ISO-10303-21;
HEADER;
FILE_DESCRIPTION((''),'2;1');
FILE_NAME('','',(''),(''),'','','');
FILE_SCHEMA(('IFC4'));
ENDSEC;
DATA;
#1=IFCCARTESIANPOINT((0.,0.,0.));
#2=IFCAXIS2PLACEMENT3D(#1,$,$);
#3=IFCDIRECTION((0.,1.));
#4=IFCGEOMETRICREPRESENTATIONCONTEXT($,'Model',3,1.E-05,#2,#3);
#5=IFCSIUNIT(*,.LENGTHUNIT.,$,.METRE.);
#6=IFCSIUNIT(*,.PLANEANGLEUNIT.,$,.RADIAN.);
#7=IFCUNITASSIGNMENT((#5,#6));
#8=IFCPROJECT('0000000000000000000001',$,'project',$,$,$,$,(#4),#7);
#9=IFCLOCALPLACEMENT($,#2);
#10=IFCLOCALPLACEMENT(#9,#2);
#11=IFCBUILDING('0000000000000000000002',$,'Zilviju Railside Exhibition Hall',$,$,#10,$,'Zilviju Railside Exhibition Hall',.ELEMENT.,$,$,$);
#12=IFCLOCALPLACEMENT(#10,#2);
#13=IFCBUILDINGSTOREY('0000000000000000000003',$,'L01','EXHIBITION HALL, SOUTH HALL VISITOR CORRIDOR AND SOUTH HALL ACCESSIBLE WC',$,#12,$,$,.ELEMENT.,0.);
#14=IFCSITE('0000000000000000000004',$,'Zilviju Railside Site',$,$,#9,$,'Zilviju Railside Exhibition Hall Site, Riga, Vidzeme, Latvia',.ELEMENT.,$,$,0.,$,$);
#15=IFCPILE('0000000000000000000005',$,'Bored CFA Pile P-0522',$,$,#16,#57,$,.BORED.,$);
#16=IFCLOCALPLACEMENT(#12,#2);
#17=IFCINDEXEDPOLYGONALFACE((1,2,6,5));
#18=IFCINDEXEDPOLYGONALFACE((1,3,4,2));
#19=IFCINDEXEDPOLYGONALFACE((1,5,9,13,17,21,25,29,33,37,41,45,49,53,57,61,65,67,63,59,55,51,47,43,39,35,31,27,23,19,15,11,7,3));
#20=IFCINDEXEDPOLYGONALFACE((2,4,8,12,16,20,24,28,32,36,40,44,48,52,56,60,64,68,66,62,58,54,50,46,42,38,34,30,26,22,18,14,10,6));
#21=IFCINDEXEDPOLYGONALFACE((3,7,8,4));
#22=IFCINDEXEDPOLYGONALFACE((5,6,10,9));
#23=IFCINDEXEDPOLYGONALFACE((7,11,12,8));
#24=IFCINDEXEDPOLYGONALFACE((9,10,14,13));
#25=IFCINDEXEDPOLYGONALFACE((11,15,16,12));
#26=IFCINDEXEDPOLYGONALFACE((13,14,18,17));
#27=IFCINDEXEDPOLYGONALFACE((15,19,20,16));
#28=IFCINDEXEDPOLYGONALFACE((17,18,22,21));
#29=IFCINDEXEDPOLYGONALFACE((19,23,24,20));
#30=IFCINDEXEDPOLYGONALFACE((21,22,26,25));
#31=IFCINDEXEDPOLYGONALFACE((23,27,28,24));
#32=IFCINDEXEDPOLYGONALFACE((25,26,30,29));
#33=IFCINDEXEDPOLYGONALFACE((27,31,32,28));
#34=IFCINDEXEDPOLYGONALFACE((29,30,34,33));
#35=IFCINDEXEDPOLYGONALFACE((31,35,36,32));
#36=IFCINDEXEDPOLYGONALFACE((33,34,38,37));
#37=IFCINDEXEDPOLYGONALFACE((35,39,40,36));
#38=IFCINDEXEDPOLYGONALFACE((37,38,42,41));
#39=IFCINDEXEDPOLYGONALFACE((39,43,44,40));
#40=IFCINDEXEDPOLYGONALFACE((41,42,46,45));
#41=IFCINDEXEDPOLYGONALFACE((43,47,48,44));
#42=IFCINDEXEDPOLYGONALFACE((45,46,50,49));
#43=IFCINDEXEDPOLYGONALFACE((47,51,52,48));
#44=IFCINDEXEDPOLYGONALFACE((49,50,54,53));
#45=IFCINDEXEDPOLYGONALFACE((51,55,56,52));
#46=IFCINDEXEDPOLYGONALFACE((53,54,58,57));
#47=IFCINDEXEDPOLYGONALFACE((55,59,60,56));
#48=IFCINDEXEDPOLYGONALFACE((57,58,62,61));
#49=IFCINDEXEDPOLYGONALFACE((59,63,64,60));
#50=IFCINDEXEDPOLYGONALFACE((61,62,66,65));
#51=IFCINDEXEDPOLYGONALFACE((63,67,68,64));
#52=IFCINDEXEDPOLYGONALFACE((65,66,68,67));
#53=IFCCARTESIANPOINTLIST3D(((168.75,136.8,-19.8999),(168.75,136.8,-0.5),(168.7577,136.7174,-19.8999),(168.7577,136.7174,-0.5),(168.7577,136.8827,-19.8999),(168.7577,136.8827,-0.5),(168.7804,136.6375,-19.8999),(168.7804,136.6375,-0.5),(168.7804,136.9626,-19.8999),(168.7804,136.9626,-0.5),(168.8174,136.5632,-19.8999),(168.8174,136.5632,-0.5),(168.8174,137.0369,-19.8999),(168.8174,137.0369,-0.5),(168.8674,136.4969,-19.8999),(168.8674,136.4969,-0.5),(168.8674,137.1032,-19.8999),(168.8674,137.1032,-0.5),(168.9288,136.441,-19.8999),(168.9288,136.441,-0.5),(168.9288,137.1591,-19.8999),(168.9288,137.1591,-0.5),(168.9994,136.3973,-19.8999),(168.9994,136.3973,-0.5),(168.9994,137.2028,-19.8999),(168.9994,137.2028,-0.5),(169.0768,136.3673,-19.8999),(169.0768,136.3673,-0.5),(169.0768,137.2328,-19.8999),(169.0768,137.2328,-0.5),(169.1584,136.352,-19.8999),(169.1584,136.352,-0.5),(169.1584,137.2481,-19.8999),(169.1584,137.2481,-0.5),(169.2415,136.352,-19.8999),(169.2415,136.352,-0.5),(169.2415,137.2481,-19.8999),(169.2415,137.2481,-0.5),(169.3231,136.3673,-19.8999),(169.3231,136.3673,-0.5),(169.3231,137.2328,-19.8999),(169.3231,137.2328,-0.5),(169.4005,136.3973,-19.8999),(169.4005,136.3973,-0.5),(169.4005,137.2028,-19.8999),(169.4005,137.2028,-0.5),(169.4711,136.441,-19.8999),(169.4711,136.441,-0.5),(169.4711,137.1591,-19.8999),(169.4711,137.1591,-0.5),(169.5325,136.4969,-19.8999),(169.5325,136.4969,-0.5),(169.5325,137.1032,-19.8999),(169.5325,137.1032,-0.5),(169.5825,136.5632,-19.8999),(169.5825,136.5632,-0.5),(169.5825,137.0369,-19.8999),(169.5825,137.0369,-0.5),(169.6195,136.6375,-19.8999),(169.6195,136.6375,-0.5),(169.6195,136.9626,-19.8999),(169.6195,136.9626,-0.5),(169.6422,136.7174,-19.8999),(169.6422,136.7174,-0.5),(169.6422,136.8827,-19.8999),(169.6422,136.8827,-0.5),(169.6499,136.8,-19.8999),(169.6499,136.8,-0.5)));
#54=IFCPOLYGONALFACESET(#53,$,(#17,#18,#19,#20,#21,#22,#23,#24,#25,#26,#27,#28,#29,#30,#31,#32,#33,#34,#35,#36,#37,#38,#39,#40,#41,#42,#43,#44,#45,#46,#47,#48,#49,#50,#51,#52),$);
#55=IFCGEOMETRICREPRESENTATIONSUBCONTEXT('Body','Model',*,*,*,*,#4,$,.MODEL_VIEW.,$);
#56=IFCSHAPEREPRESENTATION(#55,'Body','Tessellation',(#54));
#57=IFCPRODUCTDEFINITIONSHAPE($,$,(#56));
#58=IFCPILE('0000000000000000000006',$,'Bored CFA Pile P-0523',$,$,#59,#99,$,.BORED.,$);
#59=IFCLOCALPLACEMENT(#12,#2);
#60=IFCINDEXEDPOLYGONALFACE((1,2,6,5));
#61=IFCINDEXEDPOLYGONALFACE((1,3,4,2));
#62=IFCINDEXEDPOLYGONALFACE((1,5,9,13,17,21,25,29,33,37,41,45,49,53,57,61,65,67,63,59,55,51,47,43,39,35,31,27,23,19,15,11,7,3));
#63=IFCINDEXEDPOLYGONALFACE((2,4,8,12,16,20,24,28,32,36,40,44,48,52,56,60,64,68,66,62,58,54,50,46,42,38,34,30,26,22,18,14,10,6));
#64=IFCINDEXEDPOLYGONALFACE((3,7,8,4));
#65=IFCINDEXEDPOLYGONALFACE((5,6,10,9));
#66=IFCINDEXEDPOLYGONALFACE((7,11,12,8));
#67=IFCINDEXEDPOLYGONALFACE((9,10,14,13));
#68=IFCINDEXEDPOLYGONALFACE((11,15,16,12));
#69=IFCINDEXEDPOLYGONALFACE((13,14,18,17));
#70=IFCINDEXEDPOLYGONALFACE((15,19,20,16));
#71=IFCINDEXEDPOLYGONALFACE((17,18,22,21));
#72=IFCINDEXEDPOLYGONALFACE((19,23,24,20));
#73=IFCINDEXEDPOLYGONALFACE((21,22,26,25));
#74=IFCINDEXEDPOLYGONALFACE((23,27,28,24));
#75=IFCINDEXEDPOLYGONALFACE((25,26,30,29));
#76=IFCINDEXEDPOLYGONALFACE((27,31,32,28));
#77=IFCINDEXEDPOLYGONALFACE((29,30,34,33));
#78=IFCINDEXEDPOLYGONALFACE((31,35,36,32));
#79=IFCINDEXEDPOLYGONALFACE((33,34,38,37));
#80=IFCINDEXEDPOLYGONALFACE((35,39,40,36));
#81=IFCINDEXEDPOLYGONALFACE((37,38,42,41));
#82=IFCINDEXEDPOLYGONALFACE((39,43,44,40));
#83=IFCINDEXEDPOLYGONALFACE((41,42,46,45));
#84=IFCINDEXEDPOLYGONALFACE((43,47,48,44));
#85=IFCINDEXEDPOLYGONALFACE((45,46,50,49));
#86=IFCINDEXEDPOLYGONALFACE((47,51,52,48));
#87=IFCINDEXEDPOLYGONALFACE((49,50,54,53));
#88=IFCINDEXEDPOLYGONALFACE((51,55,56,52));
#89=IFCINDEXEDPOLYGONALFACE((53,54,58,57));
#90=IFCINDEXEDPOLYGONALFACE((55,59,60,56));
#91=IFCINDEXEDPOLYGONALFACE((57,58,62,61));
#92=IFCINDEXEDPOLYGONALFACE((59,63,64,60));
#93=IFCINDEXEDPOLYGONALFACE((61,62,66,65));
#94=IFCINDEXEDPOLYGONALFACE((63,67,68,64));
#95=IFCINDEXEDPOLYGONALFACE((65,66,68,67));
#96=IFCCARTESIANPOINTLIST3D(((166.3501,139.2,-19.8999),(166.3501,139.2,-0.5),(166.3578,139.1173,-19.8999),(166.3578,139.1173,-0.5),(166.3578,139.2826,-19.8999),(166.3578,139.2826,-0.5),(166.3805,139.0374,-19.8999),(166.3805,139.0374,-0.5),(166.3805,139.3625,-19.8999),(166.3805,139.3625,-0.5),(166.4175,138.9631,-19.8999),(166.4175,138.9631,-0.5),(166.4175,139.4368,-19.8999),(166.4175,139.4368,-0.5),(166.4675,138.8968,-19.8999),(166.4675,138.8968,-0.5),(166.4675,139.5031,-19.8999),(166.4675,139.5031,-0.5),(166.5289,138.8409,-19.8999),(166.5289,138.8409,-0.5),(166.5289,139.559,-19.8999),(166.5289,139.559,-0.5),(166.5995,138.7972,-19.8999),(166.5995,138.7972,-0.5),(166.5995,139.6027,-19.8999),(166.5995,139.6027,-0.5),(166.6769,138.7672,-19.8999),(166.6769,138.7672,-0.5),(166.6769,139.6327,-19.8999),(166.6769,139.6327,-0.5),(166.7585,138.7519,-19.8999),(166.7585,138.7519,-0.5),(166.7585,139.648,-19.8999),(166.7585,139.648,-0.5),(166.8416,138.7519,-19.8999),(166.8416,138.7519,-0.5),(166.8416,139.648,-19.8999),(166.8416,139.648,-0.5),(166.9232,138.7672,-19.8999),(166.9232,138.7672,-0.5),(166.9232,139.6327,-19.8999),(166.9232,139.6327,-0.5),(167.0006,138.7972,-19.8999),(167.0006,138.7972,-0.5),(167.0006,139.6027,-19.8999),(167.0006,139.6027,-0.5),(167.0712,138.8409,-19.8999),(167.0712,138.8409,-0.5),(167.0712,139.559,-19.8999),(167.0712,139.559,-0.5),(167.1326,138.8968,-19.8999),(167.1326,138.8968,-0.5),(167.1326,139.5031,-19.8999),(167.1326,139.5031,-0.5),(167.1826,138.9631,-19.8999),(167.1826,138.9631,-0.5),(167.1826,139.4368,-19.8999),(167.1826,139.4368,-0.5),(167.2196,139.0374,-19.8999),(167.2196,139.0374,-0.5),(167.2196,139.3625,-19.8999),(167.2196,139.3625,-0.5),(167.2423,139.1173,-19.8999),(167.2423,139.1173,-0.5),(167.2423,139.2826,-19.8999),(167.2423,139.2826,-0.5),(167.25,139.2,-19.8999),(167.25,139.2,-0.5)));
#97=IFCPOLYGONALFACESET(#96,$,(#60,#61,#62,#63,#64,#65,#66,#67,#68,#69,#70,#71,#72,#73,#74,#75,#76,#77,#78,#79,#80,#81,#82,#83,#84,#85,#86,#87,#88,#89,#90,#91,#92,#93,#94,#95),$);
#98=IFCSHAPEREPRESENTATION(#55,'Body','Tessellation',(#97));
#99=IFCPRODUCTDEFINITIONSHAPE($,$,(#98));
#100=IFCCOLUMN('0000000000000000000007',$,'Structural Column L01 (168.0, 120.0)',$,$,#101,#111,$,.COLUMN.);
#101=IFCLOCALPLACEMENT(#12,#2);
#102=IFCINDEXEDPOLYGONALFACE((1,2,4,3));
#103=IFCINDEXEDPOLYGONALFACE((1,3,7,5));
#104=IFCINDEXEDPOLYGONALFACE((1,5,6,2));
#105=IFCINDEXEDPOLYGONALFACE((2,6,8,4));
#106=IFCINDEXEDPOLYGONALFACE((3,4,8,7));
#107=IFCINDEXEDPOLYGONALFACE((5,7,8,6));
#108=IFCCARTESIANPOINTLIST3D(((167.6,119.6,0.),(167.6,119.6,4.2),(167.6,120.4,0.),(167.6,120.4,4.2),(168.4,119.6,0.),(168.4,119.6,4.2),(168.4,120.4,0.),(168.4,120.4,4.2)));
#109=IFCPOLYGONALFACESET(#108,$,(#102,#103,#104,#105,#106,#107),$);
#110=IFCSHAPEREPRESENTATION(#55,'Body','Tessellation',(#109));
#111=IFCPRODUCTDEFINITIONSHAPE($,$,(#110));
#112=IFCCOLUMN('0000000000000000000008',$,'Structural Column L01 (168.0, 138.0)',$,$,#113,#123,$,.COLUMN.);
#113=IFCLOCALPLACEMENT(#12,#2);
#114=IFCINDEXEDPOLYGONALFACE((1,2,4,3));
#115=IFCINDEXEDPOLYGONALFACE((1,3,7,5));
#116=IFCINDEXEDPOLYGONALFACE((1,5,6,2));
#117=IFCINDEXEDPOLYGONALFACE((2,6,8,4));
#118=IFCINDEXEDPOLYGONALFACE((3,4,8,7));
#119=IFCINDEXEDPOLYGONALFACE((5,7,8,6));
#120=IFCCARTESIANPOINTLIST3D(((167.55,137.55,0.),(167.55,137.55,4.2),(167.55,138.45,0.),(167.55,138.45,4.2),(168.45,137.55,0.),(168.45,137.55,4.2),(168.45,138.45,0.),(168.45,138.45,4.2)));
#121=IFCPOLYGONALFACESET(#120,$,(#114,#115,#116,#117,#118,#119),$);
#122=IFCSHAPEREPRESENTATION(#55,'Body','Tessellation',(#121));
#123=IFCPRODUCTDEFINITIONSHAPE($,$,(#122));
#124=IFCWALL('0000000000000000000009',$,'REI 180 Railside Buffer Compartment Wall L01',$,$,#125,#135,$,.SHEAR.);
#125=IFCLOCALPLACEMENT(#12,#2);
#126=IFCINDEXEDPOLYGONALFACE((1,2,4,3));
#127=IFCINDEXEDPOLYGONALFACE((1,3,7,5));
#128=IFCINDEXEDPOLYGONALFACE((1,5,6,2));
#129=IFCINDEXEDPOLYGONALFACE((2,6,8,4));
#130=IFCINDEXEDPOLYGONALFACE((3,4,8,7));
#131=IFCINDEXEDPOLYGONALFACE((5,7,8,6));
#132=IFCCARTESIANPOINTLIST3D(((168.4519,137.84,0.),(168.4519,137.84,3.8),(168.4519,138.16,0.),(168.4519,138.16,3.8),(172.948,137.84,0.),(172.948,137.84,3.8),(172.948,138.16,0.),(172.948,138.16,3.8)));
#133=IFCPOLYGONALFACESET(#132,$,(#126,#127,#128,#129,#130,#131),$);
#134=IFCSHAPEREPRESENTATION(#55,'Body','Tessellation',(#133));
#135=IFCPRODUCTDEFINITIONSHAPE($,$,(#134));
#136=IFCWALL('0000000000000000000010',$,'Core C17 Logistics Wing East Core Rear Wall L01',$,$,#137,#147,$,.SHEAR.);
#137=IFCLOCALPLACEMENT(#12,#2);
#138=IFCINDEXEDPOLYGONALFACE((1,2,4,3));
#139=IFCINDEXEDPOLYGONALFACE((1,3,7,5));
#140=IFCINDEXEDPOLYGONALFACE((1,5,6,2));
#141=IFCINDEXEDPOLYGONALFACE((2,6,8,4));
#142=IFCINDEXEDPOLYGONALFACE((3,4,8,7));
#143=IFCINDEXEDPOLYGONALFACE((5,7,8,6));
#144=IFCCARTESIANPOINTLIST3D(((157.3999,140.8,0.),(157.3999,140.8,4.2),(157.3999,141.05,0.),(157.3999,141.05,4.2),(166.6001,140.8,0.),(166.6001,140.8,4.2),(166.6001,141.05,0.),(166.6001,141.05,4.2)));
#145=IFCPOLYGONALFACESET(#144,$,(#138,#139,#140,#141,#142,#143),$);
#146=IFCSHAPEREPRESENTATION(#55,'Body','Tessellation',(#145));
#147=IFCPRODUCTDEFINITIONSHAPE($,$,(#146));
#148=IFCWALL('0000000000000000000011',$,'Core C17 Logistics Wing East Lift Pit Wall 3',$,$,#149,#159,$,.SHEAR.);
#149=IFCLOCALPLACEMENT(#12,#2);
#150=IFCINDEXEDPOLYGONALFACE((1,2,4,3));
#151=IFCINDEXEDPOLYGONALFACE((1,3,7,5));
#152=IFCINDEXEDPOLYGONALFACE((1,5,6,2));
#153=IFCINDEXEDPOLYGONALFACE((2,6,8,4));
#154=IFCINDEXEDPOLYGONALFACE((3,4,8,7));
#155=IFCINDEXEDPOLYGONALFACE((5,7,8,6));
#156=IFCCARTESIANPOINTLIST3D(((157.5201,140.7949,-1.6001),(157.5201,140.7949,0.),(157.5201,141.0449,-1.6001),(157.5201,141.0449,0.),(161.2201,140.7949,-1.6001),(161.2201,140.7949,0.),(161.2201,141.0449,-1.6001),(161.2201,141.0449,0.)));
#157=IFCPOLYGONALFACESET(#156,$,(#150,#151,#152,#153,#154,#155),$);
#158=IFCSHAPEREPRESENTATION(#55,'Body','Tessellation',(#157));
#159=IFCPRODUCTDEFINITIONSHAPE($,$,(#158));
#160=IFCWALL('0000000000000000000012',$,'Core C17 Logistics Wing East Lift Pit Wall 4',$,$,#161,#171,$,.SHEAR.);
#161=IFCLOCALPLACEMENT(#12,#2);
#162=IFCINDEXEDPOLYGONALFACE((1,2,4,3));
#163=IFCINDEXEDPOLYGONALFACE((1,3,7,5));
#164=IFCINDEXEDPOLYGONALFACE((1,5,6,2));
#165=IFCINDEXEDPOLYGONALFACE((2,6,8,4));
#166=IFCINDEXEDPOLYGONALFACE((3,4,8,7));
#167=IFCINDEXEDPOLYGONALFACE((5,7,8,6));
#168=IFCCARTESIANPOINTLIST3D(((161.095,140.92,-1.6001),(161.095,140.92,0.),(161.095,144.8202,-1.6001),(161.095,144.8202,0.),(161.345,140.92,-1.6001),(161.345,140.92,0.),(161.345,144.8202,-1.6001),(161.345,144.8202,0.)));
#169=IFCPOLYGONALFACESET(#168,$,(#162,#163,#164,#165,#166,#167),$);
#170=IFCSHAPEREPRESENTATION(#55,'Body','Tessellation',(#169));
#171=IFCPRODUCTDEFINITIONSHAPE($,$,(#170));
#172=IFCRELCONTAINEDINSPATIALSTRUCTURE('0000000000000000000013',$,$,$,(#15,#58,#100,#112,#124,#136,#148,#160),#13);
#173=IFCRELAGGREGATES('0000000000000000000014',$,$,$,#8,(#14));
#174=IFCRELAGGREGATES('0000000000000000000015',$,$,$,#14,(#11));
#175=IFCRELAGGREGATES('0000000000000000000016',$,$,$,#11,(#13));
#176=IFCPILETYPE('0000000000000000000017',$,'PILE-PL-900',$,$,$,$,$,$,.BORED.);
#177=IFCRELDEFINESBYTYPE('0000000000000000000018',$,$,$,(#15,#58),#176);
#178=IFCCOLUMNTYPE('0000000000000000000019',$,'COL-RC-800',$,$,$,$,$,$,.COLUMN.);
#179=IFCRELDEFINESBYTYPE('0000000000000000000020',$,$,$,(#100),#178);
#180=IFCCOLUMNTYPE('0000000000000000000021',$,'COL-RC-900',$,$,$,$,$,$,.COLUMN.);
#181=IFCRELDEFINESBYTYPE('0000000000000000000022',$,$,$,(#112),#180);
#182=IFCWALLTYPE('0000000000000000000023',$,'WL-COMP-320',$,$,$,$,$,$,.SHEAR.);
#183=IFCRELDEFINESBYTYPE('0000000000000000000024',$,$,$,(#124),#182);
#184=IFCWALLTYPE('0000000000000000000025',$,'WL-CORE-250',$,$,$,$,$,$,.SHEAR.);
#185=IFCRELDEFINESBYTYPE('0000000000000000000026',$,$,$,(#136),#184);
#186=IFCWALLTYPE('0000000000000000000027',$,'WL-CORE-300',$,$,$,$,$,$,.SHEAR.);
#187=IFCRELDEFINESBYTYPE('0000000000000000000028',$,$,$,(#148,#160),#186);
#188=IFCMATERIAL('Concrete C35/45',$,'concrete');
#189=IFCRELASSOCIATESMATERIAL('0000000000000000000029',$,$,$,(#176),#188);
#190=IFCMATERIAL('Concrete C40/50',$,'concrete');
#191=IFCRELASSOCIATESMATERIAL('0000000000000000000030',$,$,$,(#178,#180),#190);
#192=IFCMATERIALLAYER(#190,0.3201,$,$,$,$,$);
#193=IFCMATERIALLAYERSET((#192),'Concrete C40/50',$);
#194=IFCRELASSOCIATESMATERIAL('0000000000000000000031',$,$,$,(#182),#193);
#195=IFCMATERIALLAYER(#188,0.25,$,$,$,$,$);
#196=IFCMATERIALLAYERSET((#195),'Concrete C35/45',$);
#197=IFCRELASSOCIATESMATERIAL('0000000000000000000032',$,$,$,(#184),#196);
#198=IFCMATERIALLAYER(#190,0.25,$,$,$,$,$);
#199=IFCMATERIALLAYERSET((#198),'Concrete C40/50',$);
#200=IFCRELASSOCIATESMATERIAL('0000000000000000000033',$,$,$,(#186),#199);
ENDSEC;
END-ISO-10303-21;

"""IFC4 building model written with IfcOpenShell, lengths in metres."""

from ifc_helpers import new_model, si_unit, direction, frame, frame_2d, origin, origin_2d, place, context, subcontext, project, spatial, rectangle, circle, extrude, material, layer, layer_set, material_profile, profile_set, type_object, element, save


model = new_model("IFC4")

# Units and contexts
model_context = context("Model", 3, precision=1e-05, world=origin(), true_north=direction((0.0, 1.0)))
body_context = subcontext(model_context, "Body", "Model", "MODEL_VIEW")
ifc_project = project(units=[si_unit("LENGTHUNIT", "METRE"), si_unit("PLANEANGLEUNIT", "RADIAN")], contexts=[model_context])

# Site, building, storey
site_placement = place(None, origin())
site = spatial("IfcSite", under=ifc_project, at=site_placement, Name="Zilviju Railside Site", LongName="Zilviju Railside Exhibition Hall Site, Riga, Vidzeme, Latvia", CompositionType="ELEMENT", RefElevation=0.0)
building_placement = place(site_placement, origin())
building = spatial("IfcBuilding", under=site, at=building_placement, Name="Zilviju Railside Exhibition Hall", LongName="Zilviju Railside Exhibition Hall", CompositionType="ELEMENT")
storey_placement = place(building_placement, origin())
storey = spatial("IfcBuildingStorey", under=building, at=storey_placement, Name="L01", Description="EXHIBITION HALL, SOUTH HALL VISITOR CORRIDOR AND SOUTH HALL ACCESSIBLE WC", CompositionType="ELEMENT", Elevation=0.0)

# Shared definitions
ifc_material_1 = material(Name="Concrete C35/45", Category="concrete")

# Piles
ifc_material_profile_1 = material_profile(ifc_material_1, circle(Radius=0.45, at=origin_2d()), Name="CFA PILE D900")
ifc_profile_set_1 = profile_set([ifc_material_profile_1], Name="Concrete C35/45")
pile_type = type_object("IfcPileType", Name="PILE-PL-900", PredefinedType="BORED", material=ifc_profile_set_1)
for number, where, z_axis, x_axis, name in (
    (1, (169.2, 136.8, -0.5), (0.0, 0.0, -1.0), (1.0, 0.0, 0.0), "Bored CFA Pile P-0522"),
    (2, (166.8, 139.2, -0.5), (0.0, 0.0, -1.0), (1.0, 0.0, 0.0), "Bored CFA Pile P-0523"),
):
    element("IfcPile", number, at=place(storey_placement, frame(where, z_axis=z_axis, x_axis=x_axis)), inside=storey, type_object=pile_type, Name=name, PredefinedType="BORED", context=body_context, shape_type="SweptSolid", body=[
        extrude(circle(Radius=0.45, at=origin_2d()), origin(), (0.0, 0.0, 1.0), 19.3999),
    ])

# Columns
ifc_material_2 = material(Name="Concrete C40/50", Category="concrete")
ifc_material_profile_2 = material_profile(ifc_material_2, rectangle(XDim=0.8, YDim=0.8, at=origin_2d()), Name="RC COL 800x800")
ifc_profile_set_2 = profile_set([ifc_material_profile_2], Name="Concrete C40/50")
column_type_1 = type_object("IfcColumnType", Name="COL-RC-800", PredefinedType="COLUMN", material=ifc_profile_set_2)
column_1_placement = place(storey_placement, frame((168.0, 120.0, 0.0), z_axis=(0.0, 0.0, 1.0), x_axis=(1.0, 0.0, 0.0)))
element("IfcColumn", 3, at=column_1_placement, inside=storey, type_object=column_type_1, Name="Structural Column L01 (168.0, 120.0)", PredefinedType="COLUMN", context=body_context, shape_type="SweptSolid", body=[
    extrude(rectangle(XDim=0.8, YDim=0.8, at=origin_2d()), origin(), (0.0, 0.0, 1.0), 4.2),
])
ifc_material_profile_3 = material_profile(ifc_material_2, rectangle(XDim=0.8999, YDim=0.8999, at=origin_2d()), Name="RC COL 900x900")
ifc_profile_set_3 = profile_set([ifc_material_profile_3], Name="Concrete C40/50")
column_type_2 = type_object("IfcColumnType", Name="COL-RC-900", PredefinedType="COLUMN", material=ifc_profile_set_3)
column_2_placement = place(storey_placement, frame((168.0, 138.0, 0.0), z_axis=(0.0, 0.0, 1.0), x_axis=(1.0, 0.0, 0.0)))
element("IfcColumn", 4, at=column_2_placement, inside=storey, type_object=column_type_2, Name="Structural Column L01 (168.0, 138.0)", PredefinedType="COLUMN", context=body_context, shape_type="SweptSolid", body=[
    extrude(rectangle(XDim=0.8999, YDim=0.8999, at=origin_2d()), origin(), (0.0, 0.0, 1.0), 4.2),
])

# Walls
ifc_layer_1 = layer(ifc_material_2, 0.3201)
ifc_layer_set_1 = layer_set([ifc_layer_1], Name="Concrete C40/50")
wall_type_1 = type_object("IfcWallType", Name="WL-COMP-320", PredefinedType="SHEAR", material=ifc_layer_set_1)
wall_1_placement = place(storey_placement, frame((168.4519, 138.0, 0.0), z_axis=(0.0, 0.0, 1.0), x_axis=(1.0, 0.0, 0.0)))
element("IfcWall", 5, at=wall_1_placement, inside=storey, type_object=wall_type_1, Name="REI 180 Railside Buffer Compartment Wall L01", PredefinedType="SHEAR", context=body_context, shape_type="SweptSolid", body=[
    extrude(rectangle(XDim=4.4961, YDim=0.3201, at=frame_2d((2.248, 0.0))), origin(), (0.0, 0.0, 1.0), 3.8),
])
ifc_layer_2 = layer(ifc_material_1, 0.25)
ifc_layer_set_2 = layer_set([ifc_layer_2], Name="Concrete C35/45")
wall_type_2 = type_object("IfcWallType", Name="WL-CORE-250", PredefinedType="SHEAR", material=ifc_layer_set_2)
wall_2_placement = place(storey_placement, frame((166.6001, 140.925, 0.0), z_axis=(0.0, 0.0, 1.0), x_axis=(-1.0, 0.0, 0.0)))
element("IfcWall", 6, at=wall_2_placement, inside=storey, type_object=wall_type_2, Name="Core C17 Logistics Wing East Core Rear Wall L01", PredefinedType="SHEAR", context=body_context, shape_type="SweptSolid", body=[
    extrude(rectangle(XDim=9.2002, YDim=0.25, at=frame_2d((4.6001, 0.0))), origin(), (0.0, 0.0, 1.0), 4.2),
])
ifc_layer_3 = layer(ifc_material_2, 0.25)
ifc_layer_set_3 = layer_set([ifc_layer_3], Name="Concrete C40/50")
wall_type_3 = type_object("IfcWallType", Name="WL-CORE-300", PredefinedType="SHEAR", material=ifc_layer_set_3)
wall_3_placement = place(storey_placement, frame((157.52, 140.9199, -1.6001), z_axis=(0.0, 0.0, 1.0), x_axis=(1.0, 0.0, 0.0)))
element("IfcWall", 7, at=wall_3_placement, inside=storey, type_object=wall_type_3, Name="Core C17 Logistics Wing East Lift Pit Wall 3", PredefinedType="SHEAR", context=body_context, shape_type="SweptSolid", body=[
    extrude(rectangle(XDim=3.7, YDim=0.25, at=frame_2d((1.8501, 0.0))), origin(), (0.0, 0.0, 1.0), 1.6001),
])
wall_4_placement = place(storey_placement, frame((161.22, 140.9199, -1.6001), z_axis=(0.0, 0.0, 1.0), x_axis=(0.0, 1.0, 0.0)))
element("IfcWall", 8, at=wall_4_placement, inside=storey, type_object=wall_type_3, Name="Core C17 Logistics Wing East Lift Pit Wall 4", PredefinedType="SHEAR", context=body_context, shape_type="SweptSolid", body=[
    extrude(rectangle(XDim=3.9001, YDim=0.25, at=frame_2d((1.9502, 0.0))), origin(), (0.0, 0.0, 1.0), 1.6001),
])

save(model, "model.ifc")
